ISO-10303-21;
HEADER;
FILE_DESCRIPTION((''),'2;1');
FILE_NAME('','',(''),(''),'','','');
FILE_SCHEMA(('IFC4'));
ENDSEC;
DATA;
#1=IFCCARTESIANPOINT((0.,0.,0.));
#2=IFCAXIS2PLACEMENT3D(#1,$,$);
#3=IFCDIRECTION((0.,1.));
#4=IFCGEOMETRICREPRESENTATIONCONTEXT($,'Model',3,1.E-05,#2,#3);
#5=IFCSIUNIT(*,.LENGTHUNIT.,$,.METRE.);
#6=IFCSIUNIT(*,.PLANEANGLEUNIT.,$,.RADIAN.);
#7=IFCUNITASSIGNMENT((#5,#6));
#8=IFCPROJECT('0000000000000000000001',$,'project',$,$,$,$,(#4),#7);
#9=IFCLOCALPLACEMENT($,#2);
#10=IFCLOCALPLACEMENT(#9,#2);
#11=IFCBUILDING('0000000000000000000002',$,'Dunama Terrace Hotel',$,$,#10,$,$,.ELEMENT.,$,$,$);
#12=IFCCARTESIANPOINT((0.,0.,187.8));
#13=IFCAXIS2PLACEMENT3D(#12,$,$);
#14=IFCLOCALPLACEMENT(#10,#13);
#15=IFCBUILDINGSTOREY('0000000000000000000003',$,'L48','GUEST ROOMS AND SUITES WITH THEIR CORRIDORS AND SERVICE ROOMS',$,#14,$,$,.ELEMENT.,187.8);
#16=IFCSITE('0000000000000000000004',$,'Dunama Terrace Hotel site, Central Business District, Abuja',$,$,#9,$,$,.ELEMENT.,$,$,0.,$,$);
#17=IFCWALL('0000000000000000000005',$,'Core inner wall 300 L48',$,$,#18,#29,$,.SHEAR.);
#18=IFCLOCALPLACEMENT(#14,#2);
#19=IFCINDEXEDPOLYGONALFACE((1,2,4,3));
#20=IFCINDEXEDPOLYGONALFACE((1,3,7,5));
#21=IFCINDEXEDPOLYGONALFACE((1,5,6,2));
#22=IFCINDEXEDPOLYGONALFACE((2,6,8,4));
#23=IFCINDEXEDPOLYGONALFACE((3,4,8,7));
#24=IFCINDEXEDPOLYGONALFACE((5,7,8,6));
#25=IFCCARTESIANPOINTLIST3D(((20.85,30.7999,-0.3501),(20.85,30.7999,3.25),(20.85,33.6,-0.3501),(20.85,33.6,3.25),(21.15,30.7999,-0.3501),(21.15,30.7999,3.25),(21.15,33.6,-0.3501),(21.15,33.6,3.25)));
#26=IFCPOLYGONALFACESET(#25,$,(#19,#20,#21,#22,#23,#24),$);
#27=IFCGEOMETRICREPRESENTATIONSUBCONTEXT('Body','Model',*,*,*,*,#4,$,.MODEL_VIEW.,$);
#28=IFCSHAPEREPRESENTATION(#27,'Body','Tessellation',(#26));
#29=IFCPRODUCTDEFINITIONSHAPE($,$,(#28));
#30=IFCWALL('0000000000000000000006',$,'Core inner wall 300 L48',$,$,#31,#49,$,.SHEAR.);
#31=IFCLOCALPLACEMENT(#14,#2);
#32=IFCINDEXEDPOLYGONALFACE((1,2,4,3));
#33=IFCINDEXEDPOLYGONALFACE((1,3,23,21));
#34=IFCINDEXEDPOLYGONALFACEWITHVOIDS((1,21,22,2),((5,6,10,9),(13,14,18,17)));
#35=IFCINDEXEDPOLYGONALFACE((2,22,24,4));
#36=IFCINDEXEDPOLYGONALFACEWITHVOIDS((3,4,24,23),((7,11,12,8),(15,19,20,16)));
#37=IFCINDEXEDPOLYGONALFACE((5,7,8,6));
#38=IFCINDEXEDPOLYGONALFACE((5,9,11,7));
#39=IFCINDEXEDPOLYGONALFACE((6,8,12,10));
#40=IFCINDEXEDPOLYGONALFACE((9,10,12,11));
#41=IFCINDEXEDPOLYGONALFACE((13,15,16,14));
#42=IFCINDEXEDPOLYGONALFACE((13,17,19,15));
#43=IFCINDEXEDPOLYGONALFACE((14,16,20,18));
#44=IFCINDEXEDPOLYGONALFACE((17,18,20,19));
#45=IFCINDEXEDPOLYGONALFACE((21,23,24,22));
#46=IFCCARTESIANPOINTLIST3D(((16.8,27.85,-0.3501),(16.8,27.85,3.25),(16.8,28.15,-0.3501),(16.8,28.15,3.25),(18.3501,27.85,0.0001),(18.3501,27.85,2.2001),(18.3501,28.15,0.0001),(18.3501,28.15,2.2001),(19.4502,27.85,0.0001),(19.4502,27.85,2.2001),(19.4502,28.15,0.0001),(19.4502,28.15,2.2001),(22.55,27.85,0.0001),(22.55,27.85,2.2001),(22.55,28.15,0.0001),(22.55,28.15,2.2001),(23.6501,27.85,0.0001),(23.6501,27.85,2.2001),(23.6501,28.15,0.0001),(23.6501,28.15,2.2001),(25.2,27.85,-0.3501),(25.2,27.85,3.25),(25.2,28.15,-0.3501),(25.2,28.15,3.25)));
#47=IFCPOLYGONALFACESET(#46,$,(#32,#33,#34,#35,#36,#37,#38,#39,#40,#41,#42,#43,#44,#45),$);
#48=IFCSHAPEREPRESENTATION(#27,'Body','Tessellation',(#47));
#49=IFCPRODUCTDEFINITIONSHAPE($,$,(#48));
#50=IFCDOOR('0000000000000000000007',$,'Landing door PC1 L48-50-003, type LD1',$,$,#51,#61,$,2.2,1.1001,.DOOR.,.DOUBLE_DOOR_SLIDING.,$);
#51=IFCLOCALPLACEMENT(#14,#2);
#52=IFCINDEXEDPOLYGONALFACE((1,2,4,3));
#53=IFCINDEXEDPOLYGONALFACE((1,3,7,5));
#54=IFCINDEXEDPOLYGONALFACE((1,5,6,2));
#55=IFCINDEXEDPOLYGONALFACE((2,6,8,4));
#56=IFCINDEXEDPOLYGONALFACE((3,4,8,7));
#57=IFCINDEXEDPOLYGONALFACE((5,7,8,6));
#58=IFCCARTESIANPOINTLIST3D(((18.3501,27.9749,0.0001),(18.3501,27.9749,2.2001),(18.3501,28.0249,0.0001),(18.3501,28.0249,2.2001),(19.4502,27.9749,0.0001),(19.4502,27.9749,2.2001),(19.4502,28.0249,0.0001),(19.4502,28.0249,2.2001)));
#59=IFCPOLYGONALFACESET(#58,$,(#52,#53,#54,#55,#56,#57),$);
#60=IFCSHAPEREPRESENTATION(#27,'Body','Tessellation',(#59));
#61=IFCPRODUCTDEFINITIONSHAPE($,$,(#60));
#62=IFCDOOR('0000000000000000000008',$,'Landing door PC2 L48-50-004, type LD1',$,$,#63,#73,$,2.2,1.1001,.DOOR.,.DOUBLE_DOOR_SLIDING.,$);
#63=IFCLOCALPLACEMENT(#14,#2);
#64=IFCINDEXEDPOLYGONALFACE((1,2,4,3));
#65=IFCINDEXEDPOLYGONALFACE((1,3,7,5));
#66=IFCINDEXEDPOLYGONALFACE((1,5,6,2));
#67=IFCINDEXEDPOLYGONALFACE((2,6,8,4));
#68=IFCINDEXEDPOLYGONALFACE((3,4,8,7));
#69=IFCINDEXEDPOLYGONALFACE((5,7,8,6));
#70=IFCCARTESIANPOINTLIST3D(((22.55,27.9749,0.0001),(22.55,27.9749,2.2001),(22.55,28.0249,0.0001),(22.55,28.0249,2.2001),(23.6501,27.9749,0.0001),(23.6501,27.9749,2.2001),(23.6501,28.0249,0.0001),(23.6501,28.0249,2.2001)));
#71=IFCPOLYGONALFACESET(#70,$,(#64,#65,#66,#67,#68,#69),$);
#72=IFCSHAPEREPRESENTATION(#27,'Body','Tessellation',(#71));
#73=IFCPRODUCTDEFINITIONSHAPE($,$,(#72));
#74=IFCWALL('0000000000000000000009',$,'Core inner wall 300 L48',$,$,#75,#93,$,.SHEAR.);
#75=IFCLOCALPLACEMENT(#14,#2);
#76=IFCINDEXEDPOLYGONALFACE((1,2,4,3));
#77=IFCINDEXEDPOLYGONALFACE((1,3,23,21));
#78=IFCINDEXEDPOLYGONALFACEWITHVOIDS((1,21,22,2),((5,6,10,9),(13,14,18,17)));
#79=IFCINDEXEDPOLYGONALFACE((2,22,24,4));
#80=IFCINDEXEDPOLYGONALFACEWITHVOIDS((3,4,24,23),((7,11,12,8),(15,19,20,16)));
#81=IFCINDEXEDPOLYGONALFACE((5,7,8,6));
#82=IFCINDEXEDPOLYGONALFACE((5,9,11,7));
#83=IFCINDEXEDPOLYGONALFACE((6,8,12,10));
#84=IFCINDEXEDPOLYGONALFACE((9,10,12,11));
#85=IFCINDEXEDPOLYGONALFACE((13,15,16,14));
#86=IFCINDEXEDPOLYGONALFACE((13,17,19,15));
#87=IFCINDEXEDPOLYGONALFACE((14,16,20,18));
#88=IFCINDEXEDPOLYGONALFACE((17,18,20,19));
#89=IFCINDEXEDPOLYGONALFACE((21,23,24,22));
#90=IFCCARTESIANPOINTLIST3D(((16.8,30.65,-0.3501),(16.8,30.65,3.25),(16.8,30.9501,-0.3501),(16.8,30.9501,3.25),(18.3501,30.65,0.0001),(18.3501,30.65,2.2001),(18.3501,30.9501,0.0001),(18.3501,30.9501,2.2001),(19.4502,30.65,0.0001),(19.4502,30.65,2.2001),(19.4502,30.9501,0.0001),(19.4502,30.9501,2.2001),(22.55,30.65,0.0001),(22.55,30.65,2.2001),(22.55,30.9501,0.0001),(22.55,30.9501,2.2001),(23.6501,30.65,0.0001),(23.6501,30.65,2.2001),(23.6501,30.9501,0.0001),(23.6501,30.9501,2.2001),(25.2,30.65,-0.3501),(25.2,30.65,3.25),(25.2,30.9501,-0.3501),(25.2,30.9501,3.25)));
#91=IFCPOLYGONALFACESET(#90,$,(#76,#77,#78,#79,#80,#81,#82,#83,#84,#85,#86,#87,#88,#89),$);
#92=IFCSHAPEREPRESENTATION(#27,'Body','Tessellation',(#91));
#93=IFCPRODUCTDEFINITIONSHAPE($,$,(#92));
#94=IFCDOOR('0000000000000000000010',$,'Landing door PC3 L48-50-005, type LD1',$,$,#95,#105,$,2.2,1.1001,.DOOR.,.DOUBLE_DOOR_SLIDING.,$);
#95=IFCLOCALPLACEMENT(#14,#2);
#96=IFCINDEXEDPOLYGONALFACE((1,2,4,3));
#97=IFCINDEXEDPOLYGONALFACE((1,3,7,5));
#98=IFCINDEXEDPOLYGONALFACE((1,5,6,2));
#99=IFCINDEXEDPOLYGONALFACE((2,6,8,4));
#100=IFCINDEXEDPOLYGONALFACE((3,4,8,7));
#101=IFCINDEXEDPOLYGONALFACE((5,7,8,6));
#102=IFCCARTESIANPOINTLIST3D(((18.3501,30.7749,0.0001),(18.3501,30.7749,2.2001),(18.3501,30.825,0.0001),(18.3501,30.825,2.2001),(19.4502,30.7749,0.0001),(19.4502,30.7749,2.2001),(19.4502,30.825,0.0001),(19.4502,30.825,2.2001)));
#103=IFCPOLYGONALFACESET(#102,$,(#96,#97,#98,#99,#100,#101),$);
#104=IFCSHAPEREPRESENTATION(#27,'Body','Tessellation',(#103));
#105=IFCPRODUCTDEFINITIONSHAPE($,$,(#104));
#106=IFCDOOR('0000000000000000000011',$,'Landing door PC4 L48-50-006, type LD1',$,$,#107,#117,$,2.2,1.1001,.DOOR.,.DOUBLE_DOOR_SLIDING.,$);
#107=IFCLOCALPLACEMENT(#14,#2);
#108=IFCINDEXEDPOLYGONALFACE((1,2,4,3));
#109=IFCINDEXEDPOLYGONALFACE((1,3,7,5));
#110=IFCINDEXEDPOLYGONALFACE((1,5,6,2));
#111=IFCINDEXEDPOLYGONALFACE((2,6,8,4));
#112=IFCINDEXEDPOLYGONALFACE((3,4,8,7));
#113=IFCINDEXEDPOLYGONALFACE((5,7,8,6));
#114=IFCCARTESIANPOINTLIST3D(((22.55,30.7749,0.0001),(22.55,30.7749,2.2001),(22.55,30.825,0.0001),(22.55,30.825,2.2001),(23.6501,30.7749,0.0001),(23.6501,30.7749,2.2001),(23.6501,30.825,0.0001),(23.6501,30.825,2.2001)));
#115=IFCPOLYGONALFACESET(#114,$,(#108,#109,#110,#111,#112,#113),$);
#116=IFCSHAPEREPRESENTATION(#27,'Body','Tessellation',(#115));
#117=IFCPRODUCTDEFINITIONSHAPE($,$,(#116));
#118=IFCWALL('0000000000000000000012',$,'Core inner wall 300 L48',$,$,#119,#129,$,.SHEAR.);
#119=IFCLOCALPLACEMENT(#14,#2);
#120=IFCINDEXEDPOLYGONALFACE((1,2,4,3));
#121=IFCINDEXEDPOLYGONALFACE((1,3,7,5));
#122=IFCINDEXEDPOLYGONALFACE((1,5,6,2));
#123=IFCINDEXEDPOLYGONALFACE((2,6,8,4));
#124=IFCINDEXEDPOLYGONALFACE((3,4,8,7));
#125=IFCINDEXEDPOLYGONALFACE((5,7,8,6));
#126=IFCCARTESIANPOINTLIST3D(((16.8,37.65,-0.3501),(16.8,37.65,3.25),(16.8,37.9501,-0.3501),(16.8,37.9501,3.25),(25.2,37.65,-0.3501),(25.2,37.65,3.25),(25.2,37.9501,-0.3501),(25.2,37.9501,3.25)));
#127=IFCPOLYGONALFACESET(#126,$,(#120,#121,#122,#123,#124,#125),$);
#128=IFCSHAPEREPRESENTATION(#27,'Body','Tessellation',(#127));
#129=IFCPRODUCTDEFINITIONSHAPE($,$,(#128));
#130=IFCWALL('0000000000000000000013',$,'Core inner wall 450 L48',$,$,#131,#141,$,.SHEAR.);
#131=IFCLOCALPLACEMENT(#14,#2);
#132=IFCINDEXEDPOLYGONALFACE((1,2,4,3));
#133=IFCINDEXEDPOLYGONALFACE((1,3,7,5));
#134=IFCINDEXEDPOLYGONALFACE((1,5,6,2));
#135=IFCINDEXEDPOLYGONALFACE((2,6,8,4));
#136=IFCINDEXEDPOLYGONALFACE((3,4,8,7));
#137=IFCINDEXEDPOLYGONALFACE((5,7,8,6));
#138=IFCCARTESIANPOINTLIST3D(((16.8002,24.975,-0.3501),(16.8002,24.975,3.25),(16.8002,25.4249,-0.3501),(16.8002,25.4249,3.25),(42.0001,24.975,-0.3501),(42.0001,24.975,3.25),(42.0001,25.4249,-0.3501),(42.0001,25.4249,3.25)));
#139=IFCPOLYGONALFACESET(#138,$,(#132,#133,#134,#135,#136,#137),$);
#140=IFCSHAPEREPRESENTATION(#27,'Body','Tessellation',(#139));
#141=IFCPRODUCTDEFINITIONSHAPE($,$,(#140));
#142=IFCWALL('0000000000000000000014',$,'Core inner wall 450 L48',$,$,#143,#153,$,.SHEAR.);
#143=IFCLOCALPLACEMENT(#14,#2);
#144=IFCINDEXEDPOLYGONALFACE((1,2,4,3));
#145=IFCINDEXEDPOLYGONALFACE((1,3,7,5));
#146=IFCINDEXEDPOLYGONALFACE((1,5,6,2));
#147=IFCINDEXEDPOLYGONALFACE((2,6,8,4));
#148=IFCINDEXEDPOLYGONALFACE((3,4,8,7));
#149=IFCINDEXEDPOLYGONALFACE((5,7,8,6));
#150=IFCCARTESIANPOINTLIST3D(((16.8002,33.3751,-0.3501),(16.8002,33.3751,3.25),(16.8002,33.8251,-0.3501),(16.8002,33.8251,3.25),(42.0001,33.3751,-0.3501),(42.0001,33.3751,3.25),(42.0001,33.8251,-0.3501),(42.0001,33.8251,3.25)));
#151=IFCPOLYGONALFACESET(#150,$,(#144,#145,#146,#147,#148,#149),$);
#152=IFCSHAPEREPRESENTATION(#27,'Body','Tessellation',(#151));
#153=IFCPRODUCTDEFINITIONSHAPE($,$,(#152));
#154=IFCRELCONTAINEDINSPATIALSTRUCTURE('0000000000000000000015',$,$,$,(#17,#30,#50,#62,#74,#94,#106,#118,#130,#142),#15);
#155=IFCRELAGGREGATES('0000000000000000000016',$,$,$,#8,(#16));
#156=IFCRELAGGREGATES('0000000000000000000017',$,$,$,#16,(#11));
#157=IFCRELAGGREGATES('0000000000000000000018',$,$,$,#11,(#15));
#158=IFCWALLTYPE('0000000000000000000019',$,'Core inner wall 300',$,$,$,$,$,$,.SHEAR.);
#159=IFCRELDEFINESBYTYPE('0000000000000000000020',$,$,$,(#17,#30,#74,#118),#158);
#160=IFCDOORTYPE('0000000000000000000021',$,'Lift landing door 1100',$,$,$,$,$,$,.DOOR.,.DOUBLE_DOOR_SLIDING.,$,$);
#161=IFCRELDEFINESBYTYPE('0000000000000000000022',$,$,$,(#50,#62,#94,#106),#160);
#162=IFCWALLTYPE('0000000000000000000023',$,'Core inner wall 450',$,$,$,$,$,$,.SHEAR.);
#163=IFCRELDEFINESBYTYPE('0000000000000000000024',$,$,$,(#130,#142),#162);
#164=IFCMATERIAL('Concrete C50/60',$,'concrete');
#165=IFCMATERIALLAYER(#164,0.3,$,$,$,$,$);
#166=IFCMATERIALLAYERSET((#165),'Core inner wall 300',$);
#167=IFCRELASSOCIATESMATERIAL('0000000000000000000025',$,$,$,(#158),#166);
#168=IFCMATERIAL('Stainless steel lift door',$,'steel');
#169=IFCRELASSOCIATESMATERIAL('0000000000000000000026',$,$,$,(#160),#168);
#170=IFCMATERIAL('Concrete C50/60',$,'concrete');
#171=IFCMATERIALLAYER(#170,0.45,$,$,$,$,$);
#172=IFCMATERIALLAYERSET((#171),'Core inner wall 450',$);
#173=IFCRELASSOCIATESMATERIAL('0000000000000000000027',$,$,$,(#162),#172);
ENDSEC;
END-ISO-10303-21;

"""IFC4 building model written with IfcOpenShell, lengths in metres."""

from ifc_helpers import new_model, si_unit, direction, frame, frame_2d, origin, place, context, subcontext, project, spatial, rectangle, extrude, material, layer, layer_set, type_object, element, fill, save


model = new_model("IFC4")

# Units and contexts
model_context = context("Model", 3, precision=1e-05, world=origin(), true_north=direction((0.0, 1.0)))
body_context = subcontext(model_context, "Body", "Model", "MODEL_VIEW")
ifc_project = project(units=[si_unit("LENGTHUNIT", "METRE"), si_unit("PLANEANGLEUNIT", "RADIAN")], contexts=[model_context])

# Site, building, storey
site_placement = place(None, origin())
site = spatial("IfcSite", under=ifc_project, at=site_placement, Name="Dunama Terrace Hotel site, Central Business District, Abuja", CompositionType="ELEMENT", RefElevation=0.0)
building_placement = place(site_placement, origin())
building = spatial("IfcBuilding", under=site, at=building_placement, Name="Dunama Terrace Hotel", CompositionType="ELEMENT")
storey_placement = place(building_placement, frame((0.0, 0.0, 187.8)))
storey = spatial("IfcBuildingStorey", under=building, at=storey_placement, Name="L48", Description="GUEST ROOMS AND SUITES WITH THEIR CORRIDORS AND SERVICE ROOMS", CompositionType="ELEMENT", Elevation=187.8)

# Wall
ifc_material_1 = material(Name="Concrete C50/60", Category="concrete")
ifc_layer_1 = layer(ifc_material_1, 0.3)
ifc_layer_set_1 = layer_set([ifc_layer_1], Name="Core inner wall 300")
wall_type_1 = type_object("IfcWallType", Name="Core inner wall 300", PredefinedType="SHEAR", material=ifc_layer_set_1)
wall_1_placement = place(storey_placement, frame((21.0, 30.8, -0.3501), z_axis=(0.0, 0.0, 1.0), x_axis=(0.0, 1.0, 0.0)))
element("IfcWall", 1, at=wall_1_placement, inside=storey, type_object=wall_type_1, Name="Core inner wall 300 L48", PredefinedType="SHEAR", context=body_context, shape_type="SweptSolid", body=[
    extrude(rectangle(XDim=2.8, YDim=0.3, at=frame_2d((1.3999, 0.0))), origin(), (0.0, 0.0, 1.0), 3.6001),
])

# Walls, openings, doors
wall_2_placement = place(storey_placement, frame((16.8, 28.0, -0.3501), z_axis=(0.0, 0.0, 1.0), x_axis=(1.0, 0.0, 0.0)))
wall_2 = element("IfcWall", 2, at=wall_2_placement, inside=storey, type_object=wall_type_1, Name="Core inner wall 300 L48", PredefinedType="SHEAR", context=body_context, shape_type="SweptSolid", body=[
    extrude(rectangle(XDim=8.3999, YDim=0.3, at=frame_2d((4.2, 0.0))), origin(), (0.0, 0.0, 1.0), 3.6001),
])
opening_1_placement = place(wall_2_placement, frame((1.55, 0.0, 0.3501)))
opening_1 = element("IfcOpeningElement", 3, at=opening_1_placement, cuts=wall_2, PredefinedType="OPENING", context=body_context, shape_type="SweptSolid", body=[
    extrude(rectangle(XDim=1.1001, YDim=2.2, at=frame_2d((0.55, 1.1001))), frame((0.0, 0.1599, 0.0), z_axis=(0.0, -1.0, 0.0), x_axis=(1.0, 0.0, 0.0)), (0.0, 0.0, 1.0), 0.3201),
])
opening_2_placement = place(wall_2_placement, frame((5.75, 0.0, 0.3501)))
opening_2 = element("IfcOpeningElement", 4, at=opening_2_placement, cuts=wall_2, PredefinedType="OPENING", context=body_context, shape_type="SweptSolid", body=[
    extrude(rectangle(XDim=1.1001, YDim=2.2, at=frame_2d((0.55, 1.1001))), frame((0.0, 0.1599, 0.0), z_axis=(0.0, -1.0, 0.0), x_axis=(1.0, 0.0, 0.0)), (0.0, 0.0, 1.0), 0.3201),
])
ifc_material_2 = material(Name="Stainless steel lift door", Category="steel")
door_type_1 = type_object("IfcDoorType", Name="Lift landing door 1100", OperationType="DOUBLE_DOOR_SLIDING", PredefinedType="DOOR", material=ifc_material_2)
door_1_placement = place(opening_1_placement, origin())
door_1 = element("IfcDoor", 5, at=door_1_placement, inside=storey, type_object=door_type_1, Name="Landing door PC1 L48-50-003, type LD1", OperationType="DOUBLE_DOOR_SLIDING", OverallHeight=2.2, OverallWidth=1.1001, PredefinedType="DOOR", context=body_context, shape_type="SweptSolid", body=[
    extrude(rectangle(XDim=1.1001, YDim=2.2, at=frame_2d((0.55, 1.1001))), frame((0.0, 0.0249, 0.0), z_axis=(0.0, -1.0, 0.0), x_axis=(1.0, 0.0, 0.0)), (0.0, 0.0, 1.0), 0.05),
])
fill(opening_1, door_1)
door_2_placement = place(opening_2_placement, origin())
door_2 = element("IfcDoor", 6, at=door_2_placement, inside=storey, type_object=door_type_1, Name="Landing door PC2 L48-50-004, type LD1", OperationType="DOUBLE_DOOR_SLIDING", OverallHeight=2.2, OverallWidth=1.1001, PredefinedType="DOOR", context=body_context, shape_type="SweptSolid", body=[
    extrude(rectangle(XDim=1.1001, YDim=2.2, at=frame_2d((0.55, 1.1001))), frame((0.0, 0.0249, 0.0), z_axis=(0.0, -1.0, 0.0), x_axis=(1.0, 0.0, 0.0)), (0.0, 0.0, 1.0), 0.05),
])
fill(opening_2, door_2)
wall_3_placement = place(storey_placement, frame((16.8, 30.8, -0.3501), z_axis=(0.0, 0.0, 1.0), x_axis=(1.0, 0.0, 0.0)))
wall_3 = element("IfcWall", 7, at=wall_3_placement, inside=storey, type_object=wall_type_1, Name="Core inner wall 300 L48", PredefinedType="SHEAR", context=body_context, shape_type="SweptSolid", body=[
    extrude(rectangle(XDim=8.3999, YDim=0.3, at=frame_2d((4.2, 0.0))), origin(), (0.0, 0.0, 1.0), 3.6001),
])
opening_3_placement = place(wall_3_placement, frame((1.55, 0.0, 0.3501)))
opening_3 = element("IfcOpeningElement", 8, at=opening_3_placement, cuts=wall_3, PredefinedType="OPENING", context=body_context, shape_type="SweptSolid", body=[
    extrude(rectangle(XDim=1.1001, YDim=2.2, at=frame_2d((0.55, 1.1001))), frame((0.0, 0.1599, 0.0), z_axis=(0.0, -1.0, 0.0), x_axis=(1.0, 0.0, 0.0)), (0.0, 0.0, 1.0), 0.3201),
])
opening_4_placement = place(wall_3_placement, frame((5.75, 0.0, 0.3501)))
opening_4 = element("IfcOpeningElement", 9, at=opening_4_placement, cuts=wall_3, PredefinedType="OPENING", context=body_context, shape_type="SweptSolid", body=[
    extrude(rectangle(XDim=1.1001, YDim=2.2, at=frame_2d((0.55, 1.1001))), frame((0.0, 0.1599, 0.0), z_axis=(0.0, -1.0, 0.0), x_axis=(1.0, 0.0, 0.0)), (0.0, 0.0, 1.0), 0.3201),
])
door_3_placement = place(opening_3_placement, origin())
door_3 = element("IfcDoor", 10, at=door_3_placement, inside=storey, type_object=door_type_1, Name="Landing door PC3 L48-50-005, type LD1", OperationType="DOUBLE_DOOR_SLIDING", OverallHeight=2.2, OverallWidth=1.1001, PredefinedType="DOOR", context=body_context, shape_type="SweptSolid", body=[
    extrude(rectangle(XDim=1.1001, YDim=2.2, at=frame_2d((0.55, 1.1001))), frame((0.0, 0.0249, 0.0), z_axis=(0.0, -1.0, 0.0), x_axis=(1.0, 0.0, 0.0)), (0.0, 0.0, 1.0), 0.05),
])
fill(opening_3, door_3)
door_4_placement = place(opening_4_placement, origin())
door_4 = element("IfcDoor", 11, at=door_4_placement, inside=storey, type_object=door_type_1, Name="Landing door PC4 L48-50-006, type LD1", OperationType="DOUBLE_DOOR_SLIDING", OverallHeight=2.2, OverallWidth=1.1001, PredefinedType="DOOR", context=body_context, shape_type="SweptSolid", body=[
    extrude(rectangle(XDim=1.1001, YDim=2.2, at=frame_2d((0.55, 1.1001))), frame((0.0, 0.0249, 0.0), z_axis=(0.0, -1.0, 0.0), x_axis=(1.0, 0.0, 0.0)), (0.0, 0.0, 1.0), 0.05),
])
fill(opening_4, door_4)

# Walls
wall_4_placement = place(storey_placement, frame((16.8, 37.8, -0.3501), z_axis=(0.0, 0.0, 1.0), x_axis=(1.0, 0.0, 0.0)))
element("IfcWall", 12, at=wall_4_placement, inside=storey, type_object=wall_type_1, Name="Core inner wall 300 L48", PredefinedType="SHEAR", context=body_context, shape_type="SweptSolid", body=[
    extrude(rectangle(XDim=8.3999, YDim=0.3, at=frame_2d((4.2, 0.0))), origin(), (0.0, 0.0, 1.0), 3.6001),
])
ifc_material_3 = material(Name="Concrete C50/60", Category="concrete")
ifc_layer_2 = layer(ifc_material_3, 0.45)
ifc_layer_set_2 = layer_set([ifc_layer_2], Name="Core inner wall 450")
wall_type_2 = type_object("IfcWallType", Name="Core inner wall 450", PredefinedType="SHEAR", material=ifc_layer_set_2)
for number, where, z_axis, x_axis, name in (
    (13, (16.8, 25.2, -0.3501), (0.0, 0.0, 1.0), (1.0, 0.0, 0.0), "Core inner wall 450 L48"),
    (14, (16.8, 33.6001, -0.3501), (0.0, 0.0, 1.0), (1.0, 0.0, 0.0), "Core inner wall 450 L48"),
):
    element("IfcWall", number, at=place(storey_placement, frame(where, z_axis=z_axis, x_axis=x_axis)), inside=storey, type_object=wall_type_2, Name=name, PredefinedType="SHEAR", context=body_context, shape_type="SweptSolid", body=[
        extrude(rectangle(XDim=25.2, YDim=0.45, at=frame_2d((12.6001, 0.0))), origin(), (0.0, 0.0, 1.0), 3.6001),
    ])

save(model, "model.ifc")
